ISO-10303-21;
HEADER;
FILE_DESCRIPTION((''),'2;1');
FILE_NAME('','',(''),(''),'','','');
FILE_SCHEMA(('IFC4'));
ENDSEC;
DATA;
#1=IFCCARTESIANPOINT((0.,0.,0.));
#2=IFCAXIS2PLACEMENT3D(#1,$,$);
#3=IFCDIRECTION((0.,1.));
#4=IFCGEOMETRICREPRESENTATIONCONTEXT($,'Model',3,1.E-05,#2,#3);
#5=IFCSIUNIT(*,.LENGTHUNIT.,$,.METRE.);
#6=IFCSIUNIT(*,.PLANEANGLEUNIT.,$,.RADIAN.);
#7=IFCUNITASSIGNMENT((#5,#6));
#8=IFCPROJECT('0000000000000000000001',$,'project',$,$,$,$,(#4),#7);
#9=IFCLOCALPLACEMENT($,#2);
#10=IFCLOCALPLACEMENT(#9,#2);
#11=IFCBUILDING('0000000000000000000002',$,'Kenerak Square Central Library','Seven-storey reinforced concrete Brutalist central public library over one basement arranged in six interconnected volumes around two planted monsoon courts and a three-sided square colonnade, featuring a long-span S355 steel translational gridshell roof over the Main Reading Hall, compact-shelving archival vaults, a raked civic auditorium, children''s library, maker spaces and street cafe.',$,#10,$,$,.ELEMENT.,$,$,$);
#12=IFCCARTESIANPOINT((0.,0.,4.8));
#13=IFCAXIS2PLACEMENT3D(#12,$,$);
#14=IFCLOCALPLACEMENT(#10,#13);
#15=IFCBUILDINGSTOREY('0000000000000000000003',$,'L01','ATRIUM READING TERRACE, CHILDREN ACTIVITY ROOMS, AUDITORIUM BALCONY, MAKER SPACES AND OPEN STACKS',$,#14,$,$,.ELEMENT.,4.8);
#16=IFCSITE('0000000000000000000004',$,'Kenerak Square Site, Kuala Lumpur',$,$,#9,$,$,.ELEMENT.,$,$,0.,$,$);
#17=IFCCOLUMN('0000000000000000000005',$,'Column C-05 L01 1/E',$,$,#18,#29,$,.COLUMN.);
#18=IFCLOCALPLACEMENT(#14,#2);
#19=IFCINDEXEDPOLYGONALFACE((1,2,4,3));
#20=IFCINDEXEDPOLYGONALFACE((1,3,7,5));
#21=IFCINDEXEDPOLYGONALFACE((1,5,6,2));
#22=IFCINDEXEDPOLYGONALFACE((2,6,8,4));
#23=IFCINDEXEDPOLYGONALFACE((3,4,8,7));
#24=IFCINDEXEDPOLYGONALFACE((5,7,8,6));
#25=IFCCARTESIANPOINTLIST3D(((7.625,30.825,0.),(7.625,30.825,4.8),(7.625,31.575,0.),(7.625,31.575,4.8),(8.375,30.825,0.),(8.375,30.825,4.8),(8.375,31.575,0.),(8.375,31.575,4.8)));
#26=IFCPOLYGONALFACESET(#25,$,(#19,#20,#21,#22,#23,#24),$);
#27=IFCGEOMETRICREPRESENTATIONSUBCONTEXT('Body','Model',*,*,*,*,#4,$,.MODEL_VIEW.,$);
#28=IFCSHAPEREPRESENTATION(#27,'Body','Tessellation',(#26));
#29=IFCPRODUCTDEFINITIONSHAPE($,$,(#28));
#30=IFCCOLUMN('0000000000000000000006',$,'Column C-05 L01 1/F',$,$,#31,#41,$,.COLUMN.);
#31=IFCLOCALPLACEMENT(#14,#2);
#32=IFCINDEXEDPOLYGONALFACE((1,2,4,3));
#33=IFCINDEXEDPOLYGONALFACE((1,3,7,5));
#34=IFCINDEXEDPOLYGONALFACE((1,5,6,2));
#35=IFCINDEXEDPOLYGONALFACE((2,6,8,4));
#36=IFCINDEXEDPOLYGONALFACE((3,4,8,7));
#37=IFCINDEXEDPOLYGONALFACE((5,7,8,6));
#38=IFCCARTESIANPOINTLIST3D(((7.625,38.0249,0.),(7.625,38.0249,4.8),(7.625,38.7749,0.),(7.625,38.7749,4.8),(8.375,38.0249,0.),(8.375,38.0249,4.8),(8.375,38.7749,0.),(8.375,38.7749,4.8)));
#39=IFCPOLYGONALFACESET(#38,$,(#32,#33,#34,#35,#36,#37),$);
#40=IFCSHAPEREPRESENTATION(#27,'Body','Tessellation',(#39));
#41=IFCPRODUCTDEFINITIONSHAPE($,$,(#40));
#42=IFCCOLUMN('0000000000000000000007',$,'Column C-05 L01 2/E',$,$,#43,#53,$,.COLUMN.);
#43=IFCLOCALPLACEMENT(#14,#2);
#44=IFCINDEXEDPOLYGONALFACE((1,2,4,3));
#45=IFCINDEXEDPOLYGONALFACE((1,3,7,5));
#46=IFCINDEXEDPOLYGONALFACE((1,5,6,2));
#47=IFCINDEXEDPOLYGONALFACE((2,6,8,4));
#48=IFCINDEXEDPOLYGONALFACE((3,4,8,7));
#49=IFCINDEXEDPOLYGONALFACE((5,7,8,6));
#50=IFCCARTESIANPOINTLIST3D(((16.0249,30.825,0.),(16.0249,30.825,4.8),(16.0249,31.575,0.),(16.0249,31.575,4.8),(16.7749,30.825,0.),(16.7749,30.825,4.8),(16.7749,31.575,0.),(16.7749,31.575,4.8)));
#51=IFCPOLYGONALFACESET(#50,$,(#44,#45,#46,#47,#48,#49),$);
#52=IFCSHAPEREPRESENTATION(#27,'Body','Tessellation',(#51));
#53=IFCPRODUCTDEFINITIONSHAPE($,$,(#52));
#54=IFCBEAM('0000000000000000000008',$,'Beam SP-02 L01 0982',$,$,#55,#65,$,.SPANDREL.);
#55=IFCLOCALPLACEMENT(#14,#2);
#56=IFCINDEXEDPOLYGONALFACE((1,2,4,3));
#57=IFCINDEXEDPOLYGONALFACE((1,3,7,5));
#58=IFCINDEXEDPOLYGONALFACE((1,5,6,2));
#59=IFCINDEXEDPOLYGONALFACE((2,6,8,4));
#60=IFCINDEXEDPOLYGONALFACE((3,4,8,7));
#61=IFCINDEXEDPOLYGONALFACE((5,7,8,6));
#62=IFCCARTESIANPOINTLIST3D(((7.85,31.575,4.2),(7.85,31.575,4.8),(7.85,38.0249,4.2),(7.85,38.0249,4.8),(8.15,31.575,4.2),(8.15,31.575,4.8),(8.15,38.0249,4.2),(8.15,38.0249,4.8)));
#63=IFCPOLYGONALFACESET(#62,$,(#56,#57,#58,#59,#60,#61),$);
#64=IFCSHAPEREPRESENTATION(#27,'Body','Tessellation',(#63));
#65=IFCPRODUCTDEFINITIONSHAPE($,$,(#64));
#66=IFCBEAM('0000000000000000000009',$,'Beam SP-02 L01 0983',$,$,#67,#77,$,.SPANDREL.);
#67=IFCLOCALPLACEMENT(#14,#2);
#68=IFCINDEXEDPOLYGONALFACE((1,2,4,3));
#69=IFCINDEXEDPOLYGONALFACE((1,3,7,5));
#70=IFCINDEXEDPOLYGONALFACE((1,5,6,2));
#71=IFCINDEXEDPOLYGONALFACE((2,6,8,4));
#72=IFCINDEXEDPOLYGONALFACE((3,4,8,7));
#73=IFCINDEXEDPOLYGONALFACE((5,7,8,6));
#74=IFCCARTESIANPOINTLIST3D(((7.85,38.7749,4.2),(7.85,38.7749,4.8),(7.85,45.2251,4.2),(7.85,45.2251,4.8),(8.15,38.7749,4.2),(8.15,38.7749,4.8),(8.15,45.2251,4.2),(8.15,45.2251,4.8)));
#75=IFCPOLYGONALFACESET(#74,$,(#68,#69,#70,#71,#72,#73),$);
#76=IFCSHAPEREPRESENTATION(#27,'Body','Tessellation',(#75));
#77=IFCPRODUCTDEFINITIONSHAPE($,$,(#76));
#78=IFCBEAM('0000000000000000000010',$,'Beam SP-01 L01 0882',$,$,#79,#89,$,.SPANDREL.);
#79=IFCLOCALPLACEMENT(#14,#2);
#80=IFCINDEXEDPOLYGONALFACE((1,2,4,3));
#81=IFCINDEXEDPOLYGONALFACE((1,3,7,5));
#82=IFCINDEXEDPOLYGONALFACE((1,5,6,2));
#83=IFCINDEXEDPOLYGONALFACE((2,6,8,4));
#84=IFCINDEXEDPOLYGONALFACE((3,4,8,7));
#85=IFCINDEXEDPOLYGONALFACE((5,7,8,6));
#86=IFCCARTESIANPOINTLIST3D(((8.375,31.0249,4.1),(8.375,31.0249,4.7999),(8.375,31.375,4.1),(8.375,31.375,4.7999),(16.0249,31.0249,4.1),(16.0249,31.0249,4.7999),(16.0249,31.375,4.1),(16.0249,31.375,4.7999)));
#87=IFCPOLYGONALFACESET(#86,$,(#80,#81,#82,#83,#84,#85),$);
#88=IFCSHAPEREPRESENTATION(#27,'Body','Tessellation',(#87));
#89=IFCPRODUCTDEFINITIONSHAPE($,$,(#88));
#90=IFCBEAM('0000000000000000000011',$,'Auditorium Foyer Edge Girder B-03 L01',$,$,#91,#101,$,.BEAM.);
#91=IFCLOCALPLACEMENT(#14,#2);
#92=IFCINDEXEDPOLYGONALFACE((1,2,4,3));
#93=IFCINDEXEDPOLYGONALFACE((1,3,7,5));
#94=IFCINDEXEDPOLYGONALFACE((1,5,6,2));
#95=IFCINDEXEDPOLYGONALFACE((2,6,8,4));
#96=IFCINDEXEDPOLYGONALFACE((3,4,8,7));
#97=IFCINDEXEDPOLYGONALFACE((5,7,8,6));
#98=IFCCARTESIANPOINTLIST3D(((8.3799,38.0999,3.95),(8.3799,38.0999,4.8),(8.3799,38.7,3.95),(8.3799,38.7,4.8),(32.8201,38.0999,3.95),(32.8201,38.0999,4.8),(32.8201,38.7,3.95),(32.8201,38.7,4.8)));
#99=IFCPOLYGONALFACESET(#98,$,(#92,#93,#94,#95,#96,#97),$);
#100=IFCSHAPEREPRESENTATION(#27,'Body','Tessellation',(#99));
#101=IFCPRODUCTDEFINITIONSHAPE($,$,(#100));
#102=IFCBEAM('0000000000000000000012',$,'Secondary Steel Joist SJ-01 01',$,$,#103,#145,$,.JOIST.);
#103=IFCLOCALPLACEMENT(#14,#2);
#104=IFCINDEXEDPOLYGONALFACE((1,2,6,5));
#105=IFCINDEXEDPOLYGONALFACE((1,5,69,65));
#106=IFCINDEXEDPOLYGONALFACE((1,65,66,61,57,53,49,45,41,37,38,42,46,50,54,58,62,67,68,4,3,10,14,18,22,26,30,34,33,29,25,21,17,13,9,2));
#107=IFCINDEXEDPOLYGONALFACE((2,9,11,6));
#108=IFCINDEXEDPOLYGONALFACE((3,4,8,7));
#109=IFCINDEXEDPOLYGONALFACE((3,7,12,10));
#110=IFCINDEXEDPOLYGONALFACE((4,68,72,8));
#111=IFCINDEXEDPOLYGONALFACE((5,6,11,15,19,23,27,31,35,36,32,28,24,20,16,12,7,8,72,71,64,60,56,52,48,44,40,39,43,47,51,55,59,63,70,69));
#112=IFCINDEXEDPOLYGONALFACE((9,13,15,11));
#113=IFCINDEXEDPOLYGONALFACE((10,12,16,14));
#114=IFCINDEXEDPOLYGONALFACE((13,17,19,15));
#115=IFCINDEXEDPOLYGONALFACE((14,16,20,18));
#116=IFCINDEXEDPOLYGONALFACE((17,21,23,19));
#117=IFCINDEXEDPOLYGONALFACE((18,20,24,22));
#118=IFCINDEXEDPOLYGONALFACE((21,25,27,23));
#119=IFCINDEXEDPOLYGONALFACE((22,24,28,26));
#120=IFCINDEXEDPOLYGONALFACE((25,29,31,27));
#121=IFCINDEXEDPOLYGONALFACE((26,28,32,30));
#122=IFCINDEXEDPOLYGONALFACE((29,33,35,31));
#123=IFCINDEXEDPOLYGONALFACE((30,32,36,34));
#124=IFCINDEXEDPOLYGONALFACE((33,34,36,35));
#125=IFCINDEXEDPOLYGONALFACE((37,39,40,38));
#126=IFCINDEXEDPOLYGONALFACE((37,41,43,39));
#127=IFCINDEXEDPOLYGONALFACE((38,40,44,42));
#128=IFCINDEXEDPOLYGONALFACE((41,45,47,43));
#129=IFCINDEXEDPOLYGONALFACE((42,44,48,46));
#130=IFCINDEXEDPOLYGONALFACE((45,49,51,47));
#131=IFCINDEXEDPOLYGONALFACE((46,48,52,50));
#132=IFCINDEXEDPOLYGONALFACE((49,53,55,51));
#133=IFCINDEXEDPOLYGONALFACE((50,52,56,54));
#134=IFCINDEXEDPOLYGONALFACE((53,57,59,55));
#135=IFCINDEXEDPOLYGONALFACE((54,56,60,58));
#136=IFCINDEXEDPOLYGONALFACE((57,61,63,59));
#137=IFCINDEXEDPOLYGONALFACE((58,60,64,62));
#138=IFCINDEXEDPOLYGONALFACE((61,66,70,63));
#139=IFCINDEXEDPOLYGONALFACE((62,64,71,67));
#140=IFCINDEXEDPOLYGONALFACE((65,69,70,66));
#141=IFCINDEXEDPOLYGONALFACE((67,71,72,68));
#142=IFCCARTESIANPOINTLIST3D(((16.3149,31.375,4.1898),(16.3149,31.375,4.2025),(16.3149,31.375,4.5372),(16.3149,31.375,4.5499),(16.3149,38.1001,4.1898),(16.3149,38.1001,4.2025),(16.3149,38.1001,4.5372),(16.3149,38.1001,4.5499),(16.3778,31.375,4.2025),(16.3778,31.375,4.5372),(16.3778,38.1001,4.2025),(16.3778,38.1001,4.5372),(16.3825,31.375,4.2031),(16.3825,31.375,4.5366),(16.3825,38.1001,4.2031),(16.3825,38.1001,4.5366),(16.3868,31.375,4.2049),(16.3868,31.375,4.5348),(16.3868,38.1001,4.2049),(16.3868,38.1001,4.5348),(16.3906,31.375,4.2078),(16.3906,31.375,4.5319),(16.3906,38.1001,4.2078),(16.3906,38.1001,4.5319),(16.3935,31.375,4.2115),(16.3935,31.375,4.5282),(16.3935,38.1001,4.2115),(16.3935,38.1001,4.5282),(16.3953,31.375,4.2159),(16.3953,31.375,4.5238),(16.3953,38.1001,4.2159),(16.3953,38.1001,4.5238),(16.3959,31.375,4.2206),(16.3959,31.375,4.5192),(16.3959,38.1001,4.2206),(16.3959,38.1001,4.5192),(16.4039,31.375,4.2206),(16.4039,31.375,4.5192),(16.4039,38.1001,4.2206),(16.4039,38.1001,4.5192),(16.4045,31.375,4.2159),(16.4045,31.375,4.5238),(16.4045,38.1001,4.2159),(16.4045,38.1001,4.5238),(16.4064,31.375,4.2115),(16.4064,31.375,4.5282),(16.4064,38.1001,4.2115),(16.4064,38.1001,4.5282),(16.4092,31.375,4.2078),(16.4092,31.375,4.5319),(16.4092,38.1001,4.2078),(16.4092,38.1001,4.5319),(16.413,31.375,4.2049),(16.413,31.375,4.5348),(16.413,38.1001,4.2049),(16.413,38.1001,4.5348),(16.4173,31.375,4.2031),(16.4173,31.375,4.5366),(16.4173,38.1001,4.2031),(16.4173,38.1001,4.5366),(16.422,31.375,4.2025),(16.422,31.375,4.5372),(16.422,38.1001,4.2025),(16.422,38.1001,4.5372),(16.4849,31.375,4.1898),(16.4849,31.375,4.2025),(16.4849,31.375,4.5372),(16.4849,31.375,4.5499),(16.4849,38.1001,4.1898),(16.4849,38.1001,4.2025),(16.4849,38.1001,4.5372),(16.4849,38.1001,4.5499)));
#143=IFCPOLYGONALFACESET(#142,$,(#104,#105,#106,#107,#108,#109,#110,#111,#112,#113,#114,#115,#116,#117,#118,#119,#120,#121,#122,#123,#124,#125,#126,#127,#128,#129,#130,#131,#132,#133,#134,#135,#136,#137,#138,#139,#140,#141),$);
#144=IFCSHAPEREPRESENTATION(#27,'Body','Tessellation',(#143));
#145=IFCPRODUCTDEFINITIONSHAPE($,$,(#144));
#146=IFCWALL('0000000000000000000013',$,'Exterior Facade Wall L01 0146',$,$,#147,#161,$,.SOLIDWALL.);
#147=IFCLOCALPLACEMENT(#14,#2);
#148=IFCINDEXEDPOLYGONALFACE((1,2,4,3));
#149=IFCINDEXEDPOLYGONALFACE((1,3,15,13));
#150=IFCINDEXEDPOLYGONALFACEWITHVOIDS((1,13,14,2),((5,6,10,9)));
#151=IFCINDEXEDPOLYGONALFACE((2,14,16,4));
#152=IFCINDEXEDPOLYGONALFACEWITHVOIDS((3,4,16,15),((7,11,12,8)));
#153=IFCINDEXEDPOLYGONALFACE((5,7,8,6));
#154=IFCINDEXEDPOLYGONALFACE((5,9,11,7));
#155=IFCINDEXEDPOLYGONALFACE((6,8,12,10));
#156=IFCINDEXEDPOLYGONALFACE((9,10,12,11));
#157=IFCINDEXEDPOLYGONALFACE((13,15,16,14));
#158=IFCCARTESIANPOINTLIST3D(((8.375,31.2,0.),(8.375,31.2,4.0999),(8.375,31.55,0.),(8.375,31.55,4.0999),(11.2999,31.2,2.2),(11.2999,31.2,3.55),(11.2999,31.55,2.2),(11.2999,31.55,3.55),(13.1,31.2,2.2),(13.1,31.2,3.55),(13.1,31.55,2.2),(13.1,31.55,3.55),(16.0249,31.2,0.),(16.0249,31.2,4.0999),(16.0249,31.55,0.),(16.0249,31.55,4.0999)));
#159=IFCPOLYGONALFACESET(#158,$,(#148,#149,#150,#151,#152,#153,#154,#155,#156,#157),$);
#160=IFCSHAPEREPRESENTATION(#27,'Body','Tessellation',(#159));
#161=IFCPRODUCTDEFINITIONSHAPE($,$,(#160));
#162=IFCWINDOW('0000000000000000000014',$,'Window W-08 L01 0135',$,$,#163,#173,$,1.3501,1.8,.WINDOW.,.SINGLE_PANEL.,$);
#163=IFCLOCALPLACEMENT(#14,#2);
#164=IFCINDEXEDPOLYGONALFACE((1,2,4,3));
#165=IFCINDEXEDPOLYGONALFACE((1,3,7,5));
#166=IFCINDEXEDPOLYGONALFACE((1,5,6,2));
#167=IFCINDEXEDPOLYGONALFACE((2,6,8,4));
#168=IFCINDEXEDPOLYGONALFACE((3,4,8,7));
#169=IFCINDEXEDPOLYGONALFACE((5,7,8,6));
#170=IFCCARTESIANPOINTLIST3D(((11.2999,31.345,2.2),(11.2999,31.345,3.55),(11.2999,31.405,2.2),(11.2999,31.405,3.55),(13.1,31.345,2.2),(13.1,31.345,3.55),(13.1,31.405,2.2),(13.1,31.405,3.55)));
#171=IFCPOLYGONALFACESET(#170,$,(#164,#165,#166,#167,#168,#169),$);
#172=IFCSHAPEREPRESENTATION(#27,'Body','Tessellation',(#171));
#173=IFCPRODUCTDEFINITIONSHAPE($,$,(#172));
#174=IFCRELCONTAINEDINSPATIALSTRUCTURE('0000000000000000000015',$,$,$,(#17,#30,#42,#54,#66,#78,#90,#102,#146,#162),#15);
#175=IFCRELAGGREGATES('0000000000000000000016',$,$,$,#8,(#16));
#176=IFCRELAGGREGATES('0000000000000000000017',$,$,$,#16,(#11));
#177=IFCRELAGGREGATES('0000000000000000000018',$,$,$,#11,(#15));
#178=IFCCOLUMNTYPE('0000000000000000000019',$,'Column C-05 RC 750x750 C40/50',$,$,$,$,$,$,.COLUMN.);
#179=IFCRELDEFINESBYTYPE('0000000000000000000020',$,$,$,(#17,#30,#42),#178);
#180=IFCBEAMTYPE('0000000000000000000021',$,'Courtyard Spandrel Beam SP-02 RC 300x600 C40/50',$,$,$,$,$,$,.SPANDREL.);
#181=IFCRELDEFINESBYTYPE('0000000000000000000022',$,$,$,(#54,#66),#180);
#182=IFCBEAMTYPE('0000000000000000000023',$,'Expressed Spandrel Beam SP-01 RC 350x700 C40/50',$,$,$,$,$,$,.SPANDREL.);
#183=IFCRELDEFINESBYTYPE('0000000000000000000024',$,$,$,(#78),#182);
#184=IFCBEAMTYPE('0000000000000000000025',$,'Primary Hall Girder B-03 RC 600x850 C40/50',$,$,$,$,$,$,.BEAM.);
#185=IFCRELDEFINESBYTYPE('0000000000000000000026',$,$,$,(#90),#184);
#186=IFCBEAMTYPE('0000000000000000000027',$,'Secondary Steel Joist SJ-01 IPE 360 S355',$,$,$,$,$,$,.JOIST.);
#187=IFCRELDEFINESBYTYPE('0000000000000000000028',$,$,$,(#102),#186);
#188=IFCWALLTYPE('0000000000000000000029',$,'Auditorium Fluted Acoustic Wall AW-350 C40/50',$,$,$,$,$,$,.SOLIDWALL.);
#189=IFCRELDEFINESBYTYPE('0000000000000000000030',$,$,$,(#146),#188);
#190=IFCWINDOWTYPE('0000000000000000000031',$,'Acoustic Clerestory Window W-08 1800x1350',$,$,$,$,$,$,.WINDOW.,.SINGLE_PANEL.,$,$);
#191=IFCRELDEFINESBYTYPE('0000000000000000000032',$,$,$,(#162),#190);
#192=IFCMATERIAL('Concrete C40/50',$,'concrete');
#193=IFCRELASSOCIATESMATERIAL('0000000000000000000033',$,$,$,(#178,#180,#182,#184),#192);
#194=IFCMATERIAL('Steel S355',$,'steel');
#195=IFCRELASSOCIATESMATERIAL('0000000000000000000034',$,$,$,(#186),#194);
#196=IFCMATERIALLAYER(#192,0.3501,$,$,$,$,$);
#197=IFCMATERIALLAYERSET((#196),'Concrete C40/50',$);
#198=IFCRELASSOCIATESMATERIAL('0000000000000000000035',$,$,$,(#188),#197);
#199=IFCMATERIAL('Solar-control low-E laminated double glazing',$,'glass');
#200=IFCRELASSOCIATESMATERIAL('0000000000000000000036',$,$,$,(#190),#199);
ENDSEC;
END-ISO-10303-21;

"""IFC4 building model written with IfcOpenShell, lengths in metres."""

from ifc_helpers import new_model, si_unit, direction, frame, frame_2d, origin, origin_2d, place, context, subcontext, project, spatial, rectangle, i_section, extrude, material, layer, layer_set, material_profile, profile_set, type_object, element, fill, save


model = new_model("IFC4")

# Units and contexts
model_context = context("Model", 3, precision=1e-05, world=origin(), true_north=direction((0.0, 1.0)))
body_context = subcontext(model_context, "Body", "Model", "MODEL_VIEW")
ifc_project = project(units=[si_unit("LENGTHUNIT", "METRE"), si_unit("PLANEANGLEUNIT", "RADIAN")], contexts=[model_context])

# Site, building, storey
site_placement = place(None, origin())
site = spatial("IfcSite", under=ifc_project, at=site_placement, Name="Kenerak Square Site, Kuala Lumpur", CompositionType="ELEMENT", RefElevation=0.0)
building_placement = place(site_placement, origin())
building = spatial("IfcBuilding", under=site, at=building_placement, Name="Kenerak Square Central Library", Description="Seven-storey reinforced concrete Brutalist central public library over one basement arranged in six interconnected volumes around two planted monsoon courts and a three-sided square colonnade, featuring a long-span S355 steel translational gridshell roof over the Main Reading Hall, compact-shelving archival vaults, a raked civic auditorium, children's library, maker spaces and street cafe.", CompositionType="ELEMENT")
storey_placement = place(building_placement, frame((0.0, 0.0, 4.8)))
storey = spatial("IfcBuildingStorey", under=building, at=storey_placement, Name="L01", Description="ATRIUM READING TERRACE, CHILDREN ACTIVITY ROOMS, AUDITORIUM BALCONY, MAKER SPACES AND OPEN STACKS", CompositionType="ELEMENT", Elevation=4.8)

# Columns
ifc_material_1 = material(Name="Concrete C40/50", Category="concrete")
ifc_material_profile_1 = material_profile(ifc_material_1, rectangle(XDim=0.75, YDim=0.75, at=origin_2d()), Name="RC 750x750")
ifc_profile_set_1 = profile_set([ifc_material_profile_1], Name="Concrete C40/50")
column_type = type_object("IfcColumnType", Name="Column C-05 RC 750x750 C40/50", PredefinedType="COLUMN", material=ifc_profile_set_1)
for number, where, z_axis, x_axis, name in (
    (1, (8.0, 31.2, 0.0), (0.0, 0.0, 1.0), (1.0, 0.0, 0.0), "Column C-05 L01 1/E"),
    (2, (8.0, 38.3999, 0.0), (0.0, 0.0, 1.0), (1.0, 0.0, 0.0), "Column C-05 L01 1/F"),
    (3, (16.3999, 31.2, 0.0), (0.0, 0.0, 1.0), (1.0, 0.0, 0.0), "Column C-05 L01 2/E"),
):
    element("IfcColumn", number, at=place(storey_placement, frame(where, z_axis=z_axis, x_axis=x_axis)), inside=storey, type_object=column_type, Name=name, PredefinedType="COLUMN", context=body_context, shape_type="SweptSolid", body=[
        extrude(rectangle(XDim=0.75, YDim=0.75, at=origin_2d()), origin(), (0.0, 0.0, 1.0), 4.8),
    ])

# Beams
ifc_material_profile_2 = material_profile(ifc_material_1, rectangle(XDim=0.3, YDim=0.6001, at=origin_2d()), Name="RC 300x600")
ifc_profile_set_2 = profile_set([ifc_material_profile_2], Name="Concrete C40/50")
beam_type_1 = type_object("IfcBeamType", Name="Courtyard Spandrel Beam SP-02 RC 300x600 C40/50", PredefinedType="SPANDREL", material=ifc_profile_set_2)
beam_1_placement = place(storey_placement, frame((8.0, 31.575, 4.5), z_axis=(0.0, 1.0, 0.0), x_axis=(-1.0, 0.0, 0.0)))
element("IfcBeam", 4, at=beam_1_placement, inside=storey, type_object=beam_type_1, Name="Beam SP-02 L01 0982", PredefinedType="SPANDREL", context=body_context, shape_type="SweptSolid", body=[
    extrude(rectangle(XDim=0.3, YDim=0.6001, at=origin_2d()), origin(), (0.0, 0.0, 1.0), 6.45),
])
beam_2_placement = place(storey_placement, frame((8.0, 38.7749, 4.5), z_axis=(0.0, 1.0, 0.0), x_axis=(-1.0, 0.0, 0.0)))
element("IfcBeam", 5, at=beam_2_placement, inside=storey, type_object=beam_type_1, Name="Beam SP-02 L01 0983", PredefinedType="SPANDREL", context=body_context, shape_type="SweptSolid", body=[
    extrude(rectangle(XDim=0.3, YDim=0.6001, at=origin_2d()), origin(), (0.0, 0.0, 1.0), 6.4502),
])
ifc_material_profile_3 = material_profile(ifc_material_1, rectangle(XDim=0.3501, YDim=0.7, at=origin_2d()), Name="RC 350x700")
ifc_profile_set_3 = profile_set([ifc_material_profile_3], Name="Concrete C40/50")
beam_type_2 = type_object("IfcBeamType", Name="Expressed Spandrel Beam SP-01 RC 350x700 C40/50", PredefinedType="SPANDREL", material=ifc_profile_set_3)
beam_3_placement = place(storey_placement, frame((8.375, 31.2, 4.45), z_axis=(1.0, 0.0, 0.0), x_axis=(0.0, 1.0, 0.0)))
element("IfcBeam", 6, at=beam_3_placement, inside=storey, type_object=beam_type_2, Name="Beam SP-01 L01 0882", PredefinedType="SPANDREL", context=body_context, shape_type="SweptSolid", body=[
    extrude(rectangle(XDim=0.3501, YDim=0.7, at=origin_2d()), origin(), (0.0, 0.0, 1.0), 7.6499),
])
ifc_material_profile_4 = material_profile(ifc_material_1, rectangle(XDim=0.6001, YDim=0.8501, at=origin_2d()), Name="RC 600x850")
ifc_profile_set_4 = profile_set([ifc_material_profile_4], Name="Concrete C40/50")
beam_type_3 = type_object("IfcBeamType", Name="Primary Hall Girder B-03 RC 600x850 C40/50", PredefinedType="BEAM", material=ifc_profile_set_4)
beam_4_placement = place(storey_placement, frame((8.3799, 38.3999, 4.375), z_axis=(1.0, 0.0, 0.0), x_axis=(0.0, 1.0, 0.0)))
element("IfcBeam", 7, at=beam_4_placement, inside=storey, type_object=beam_type_3, Name="Auditorium Foyer Edge Girder B-03 L01", PredefinedType="BEAM", context=body_context, shape_type="SweptSolid", body=[
    extrude(rectangle(XDim=0.6001, YDim=0.8501, at=origin_2d()), origin(), (0.0, 0.0, 1.0), 24.4402),
])
ifc_material_2 = material(Name="Steel S355", Category="steel")
ifc_material_profile_5 = material_profile(ifc_material_2, i_section(OverallWidth=0.1699, OverallDepth=0.3601, WebThickness=0.0081, FlangeThickness=0.0127, FilletRadius=0.0181, at=origin_2d()), Name="IPE 360")
ifc_profile_set_5 = profile_set([ifc_material_profile_5], Name="Steel S355")
beam_type_4 = type_object("IfcBeamType", Name="Secondary Steel Joist SJ-01 IPE 360 S355", PredefinedType="JOIST", material=ifc_profile_set_5)
beam_5_placement = place(storey_placement, frame((16.3999, 31.375, 4.3699), z_axis=(0.0, 1.0, 0.0), x_axis=(-1.0, 0.0, 0.0)))
element("IfcBeam", 8, at=beam_5_placement, inside=storey, type_object=beam_type_4, Name="Secondary Steel Joist SJ-01 01", PredefinedType="JOIST", context=body_context, shape_type="SweptSolid", body=[
    extrude(i_section(OverallWidth=0.1699, OverallDepth=0.3601, WebThickness=0.0081, FlangeThickness=0.0127, FilletRadius=0.0181, at=origin_2d()), origin(), (0.0, 0.0, 1.0), 6.7251),
])

# Wall, opening, window
ifc_layer_1 = layer(ifc_material_1, 0.3501)
ifc_layer_set_1 = layer_set([ifc_layer_1], Name="Concrete C40/50")
wall_type_1 = type_object("IfcWallType", Name="Auditorium Fluted Acoustic Wall AW-350 C40/50", PredefinedType="SOLIDWALL", material=ifc_layer_set_1)
wall_1_placement = place(storey_placement, frame((16.0249, 31.375, 0.0), z_axis=(0.0, 0.0, 1.0), x_axis=(-1.0, 0.0, 0.0)))
wall_1 = element("IfcWall", 9, at=wall_1_placement, inside=storey, type_object=wall_type_1, Name="Exterior Facade Wall L01 0146", PredefinedType="SOLIDWALL", context=body_context, shape_type="SweptSolid", body=[
    extrude(rectangle(XDim=7.6499, YDim=0.3501, at=frame_2d((3.825, 0.0))), origin(), (0.0, 0.0, 1.0), 4.0999),
])
opening_1_placement = place(wall_1_placement, frame((2.925, 0.0, 2.2)))
opening_1 = element("IfcOpeningElement", 10, at=opening_1_placement, cuts=wall_1, PredefinedType="OPENING", context=body_context, shape_type="SweptSolid", body=[
    extrude(rectangle(XDim=1.8, YDim=1.3501, at=frame_2d((0.8999, 0.675))), frame((0.0, 0.1851, 0.0), z_axis=(0.0, -1.0, 0.0), x_axis=(1.0, 0.0, 0.0)), (0.0, 0.0, 1.0), 0.3701),
])
ifc_material_3 = material(Name="Solar-control low-E laminated double glazing", Category="glass")
window_type = type_object("IfcWindowType", Name="Acoustic Clerestory Window W-08 1800x1350", PartitioningType="SINGLE_PANEL", PredefinedType="WINDOW", material=ifc_material_3)
window_1_placement = place(opening_1_placement, origin())
window_1 = element("IfcWindow", 11, at=window_1_placement, inside=storey, type_object=window_type, Name="Window W-08 L01 0135", OverallHeight=1.3501, OverallWidth=1.8, PartitioningType="SINGLE_PANEL", PredefinedType="WINDOW", context=body_context, shape_type="SweptSolid", body=[
    extrude(rectangle(XDim=1.8, YDim=1.3501, at=frame_2d((0.8999, 0.675))), frame((0.0, 0.03, 0.0), z_axis=(0.0, -1.0, 0.0), x_axis=(1.0, 0.0, 0.0)), (0.0, 0.0, 1.0), 0.0601),
])
fill(opening_1, window_1)

save(model, "model.ifc")
